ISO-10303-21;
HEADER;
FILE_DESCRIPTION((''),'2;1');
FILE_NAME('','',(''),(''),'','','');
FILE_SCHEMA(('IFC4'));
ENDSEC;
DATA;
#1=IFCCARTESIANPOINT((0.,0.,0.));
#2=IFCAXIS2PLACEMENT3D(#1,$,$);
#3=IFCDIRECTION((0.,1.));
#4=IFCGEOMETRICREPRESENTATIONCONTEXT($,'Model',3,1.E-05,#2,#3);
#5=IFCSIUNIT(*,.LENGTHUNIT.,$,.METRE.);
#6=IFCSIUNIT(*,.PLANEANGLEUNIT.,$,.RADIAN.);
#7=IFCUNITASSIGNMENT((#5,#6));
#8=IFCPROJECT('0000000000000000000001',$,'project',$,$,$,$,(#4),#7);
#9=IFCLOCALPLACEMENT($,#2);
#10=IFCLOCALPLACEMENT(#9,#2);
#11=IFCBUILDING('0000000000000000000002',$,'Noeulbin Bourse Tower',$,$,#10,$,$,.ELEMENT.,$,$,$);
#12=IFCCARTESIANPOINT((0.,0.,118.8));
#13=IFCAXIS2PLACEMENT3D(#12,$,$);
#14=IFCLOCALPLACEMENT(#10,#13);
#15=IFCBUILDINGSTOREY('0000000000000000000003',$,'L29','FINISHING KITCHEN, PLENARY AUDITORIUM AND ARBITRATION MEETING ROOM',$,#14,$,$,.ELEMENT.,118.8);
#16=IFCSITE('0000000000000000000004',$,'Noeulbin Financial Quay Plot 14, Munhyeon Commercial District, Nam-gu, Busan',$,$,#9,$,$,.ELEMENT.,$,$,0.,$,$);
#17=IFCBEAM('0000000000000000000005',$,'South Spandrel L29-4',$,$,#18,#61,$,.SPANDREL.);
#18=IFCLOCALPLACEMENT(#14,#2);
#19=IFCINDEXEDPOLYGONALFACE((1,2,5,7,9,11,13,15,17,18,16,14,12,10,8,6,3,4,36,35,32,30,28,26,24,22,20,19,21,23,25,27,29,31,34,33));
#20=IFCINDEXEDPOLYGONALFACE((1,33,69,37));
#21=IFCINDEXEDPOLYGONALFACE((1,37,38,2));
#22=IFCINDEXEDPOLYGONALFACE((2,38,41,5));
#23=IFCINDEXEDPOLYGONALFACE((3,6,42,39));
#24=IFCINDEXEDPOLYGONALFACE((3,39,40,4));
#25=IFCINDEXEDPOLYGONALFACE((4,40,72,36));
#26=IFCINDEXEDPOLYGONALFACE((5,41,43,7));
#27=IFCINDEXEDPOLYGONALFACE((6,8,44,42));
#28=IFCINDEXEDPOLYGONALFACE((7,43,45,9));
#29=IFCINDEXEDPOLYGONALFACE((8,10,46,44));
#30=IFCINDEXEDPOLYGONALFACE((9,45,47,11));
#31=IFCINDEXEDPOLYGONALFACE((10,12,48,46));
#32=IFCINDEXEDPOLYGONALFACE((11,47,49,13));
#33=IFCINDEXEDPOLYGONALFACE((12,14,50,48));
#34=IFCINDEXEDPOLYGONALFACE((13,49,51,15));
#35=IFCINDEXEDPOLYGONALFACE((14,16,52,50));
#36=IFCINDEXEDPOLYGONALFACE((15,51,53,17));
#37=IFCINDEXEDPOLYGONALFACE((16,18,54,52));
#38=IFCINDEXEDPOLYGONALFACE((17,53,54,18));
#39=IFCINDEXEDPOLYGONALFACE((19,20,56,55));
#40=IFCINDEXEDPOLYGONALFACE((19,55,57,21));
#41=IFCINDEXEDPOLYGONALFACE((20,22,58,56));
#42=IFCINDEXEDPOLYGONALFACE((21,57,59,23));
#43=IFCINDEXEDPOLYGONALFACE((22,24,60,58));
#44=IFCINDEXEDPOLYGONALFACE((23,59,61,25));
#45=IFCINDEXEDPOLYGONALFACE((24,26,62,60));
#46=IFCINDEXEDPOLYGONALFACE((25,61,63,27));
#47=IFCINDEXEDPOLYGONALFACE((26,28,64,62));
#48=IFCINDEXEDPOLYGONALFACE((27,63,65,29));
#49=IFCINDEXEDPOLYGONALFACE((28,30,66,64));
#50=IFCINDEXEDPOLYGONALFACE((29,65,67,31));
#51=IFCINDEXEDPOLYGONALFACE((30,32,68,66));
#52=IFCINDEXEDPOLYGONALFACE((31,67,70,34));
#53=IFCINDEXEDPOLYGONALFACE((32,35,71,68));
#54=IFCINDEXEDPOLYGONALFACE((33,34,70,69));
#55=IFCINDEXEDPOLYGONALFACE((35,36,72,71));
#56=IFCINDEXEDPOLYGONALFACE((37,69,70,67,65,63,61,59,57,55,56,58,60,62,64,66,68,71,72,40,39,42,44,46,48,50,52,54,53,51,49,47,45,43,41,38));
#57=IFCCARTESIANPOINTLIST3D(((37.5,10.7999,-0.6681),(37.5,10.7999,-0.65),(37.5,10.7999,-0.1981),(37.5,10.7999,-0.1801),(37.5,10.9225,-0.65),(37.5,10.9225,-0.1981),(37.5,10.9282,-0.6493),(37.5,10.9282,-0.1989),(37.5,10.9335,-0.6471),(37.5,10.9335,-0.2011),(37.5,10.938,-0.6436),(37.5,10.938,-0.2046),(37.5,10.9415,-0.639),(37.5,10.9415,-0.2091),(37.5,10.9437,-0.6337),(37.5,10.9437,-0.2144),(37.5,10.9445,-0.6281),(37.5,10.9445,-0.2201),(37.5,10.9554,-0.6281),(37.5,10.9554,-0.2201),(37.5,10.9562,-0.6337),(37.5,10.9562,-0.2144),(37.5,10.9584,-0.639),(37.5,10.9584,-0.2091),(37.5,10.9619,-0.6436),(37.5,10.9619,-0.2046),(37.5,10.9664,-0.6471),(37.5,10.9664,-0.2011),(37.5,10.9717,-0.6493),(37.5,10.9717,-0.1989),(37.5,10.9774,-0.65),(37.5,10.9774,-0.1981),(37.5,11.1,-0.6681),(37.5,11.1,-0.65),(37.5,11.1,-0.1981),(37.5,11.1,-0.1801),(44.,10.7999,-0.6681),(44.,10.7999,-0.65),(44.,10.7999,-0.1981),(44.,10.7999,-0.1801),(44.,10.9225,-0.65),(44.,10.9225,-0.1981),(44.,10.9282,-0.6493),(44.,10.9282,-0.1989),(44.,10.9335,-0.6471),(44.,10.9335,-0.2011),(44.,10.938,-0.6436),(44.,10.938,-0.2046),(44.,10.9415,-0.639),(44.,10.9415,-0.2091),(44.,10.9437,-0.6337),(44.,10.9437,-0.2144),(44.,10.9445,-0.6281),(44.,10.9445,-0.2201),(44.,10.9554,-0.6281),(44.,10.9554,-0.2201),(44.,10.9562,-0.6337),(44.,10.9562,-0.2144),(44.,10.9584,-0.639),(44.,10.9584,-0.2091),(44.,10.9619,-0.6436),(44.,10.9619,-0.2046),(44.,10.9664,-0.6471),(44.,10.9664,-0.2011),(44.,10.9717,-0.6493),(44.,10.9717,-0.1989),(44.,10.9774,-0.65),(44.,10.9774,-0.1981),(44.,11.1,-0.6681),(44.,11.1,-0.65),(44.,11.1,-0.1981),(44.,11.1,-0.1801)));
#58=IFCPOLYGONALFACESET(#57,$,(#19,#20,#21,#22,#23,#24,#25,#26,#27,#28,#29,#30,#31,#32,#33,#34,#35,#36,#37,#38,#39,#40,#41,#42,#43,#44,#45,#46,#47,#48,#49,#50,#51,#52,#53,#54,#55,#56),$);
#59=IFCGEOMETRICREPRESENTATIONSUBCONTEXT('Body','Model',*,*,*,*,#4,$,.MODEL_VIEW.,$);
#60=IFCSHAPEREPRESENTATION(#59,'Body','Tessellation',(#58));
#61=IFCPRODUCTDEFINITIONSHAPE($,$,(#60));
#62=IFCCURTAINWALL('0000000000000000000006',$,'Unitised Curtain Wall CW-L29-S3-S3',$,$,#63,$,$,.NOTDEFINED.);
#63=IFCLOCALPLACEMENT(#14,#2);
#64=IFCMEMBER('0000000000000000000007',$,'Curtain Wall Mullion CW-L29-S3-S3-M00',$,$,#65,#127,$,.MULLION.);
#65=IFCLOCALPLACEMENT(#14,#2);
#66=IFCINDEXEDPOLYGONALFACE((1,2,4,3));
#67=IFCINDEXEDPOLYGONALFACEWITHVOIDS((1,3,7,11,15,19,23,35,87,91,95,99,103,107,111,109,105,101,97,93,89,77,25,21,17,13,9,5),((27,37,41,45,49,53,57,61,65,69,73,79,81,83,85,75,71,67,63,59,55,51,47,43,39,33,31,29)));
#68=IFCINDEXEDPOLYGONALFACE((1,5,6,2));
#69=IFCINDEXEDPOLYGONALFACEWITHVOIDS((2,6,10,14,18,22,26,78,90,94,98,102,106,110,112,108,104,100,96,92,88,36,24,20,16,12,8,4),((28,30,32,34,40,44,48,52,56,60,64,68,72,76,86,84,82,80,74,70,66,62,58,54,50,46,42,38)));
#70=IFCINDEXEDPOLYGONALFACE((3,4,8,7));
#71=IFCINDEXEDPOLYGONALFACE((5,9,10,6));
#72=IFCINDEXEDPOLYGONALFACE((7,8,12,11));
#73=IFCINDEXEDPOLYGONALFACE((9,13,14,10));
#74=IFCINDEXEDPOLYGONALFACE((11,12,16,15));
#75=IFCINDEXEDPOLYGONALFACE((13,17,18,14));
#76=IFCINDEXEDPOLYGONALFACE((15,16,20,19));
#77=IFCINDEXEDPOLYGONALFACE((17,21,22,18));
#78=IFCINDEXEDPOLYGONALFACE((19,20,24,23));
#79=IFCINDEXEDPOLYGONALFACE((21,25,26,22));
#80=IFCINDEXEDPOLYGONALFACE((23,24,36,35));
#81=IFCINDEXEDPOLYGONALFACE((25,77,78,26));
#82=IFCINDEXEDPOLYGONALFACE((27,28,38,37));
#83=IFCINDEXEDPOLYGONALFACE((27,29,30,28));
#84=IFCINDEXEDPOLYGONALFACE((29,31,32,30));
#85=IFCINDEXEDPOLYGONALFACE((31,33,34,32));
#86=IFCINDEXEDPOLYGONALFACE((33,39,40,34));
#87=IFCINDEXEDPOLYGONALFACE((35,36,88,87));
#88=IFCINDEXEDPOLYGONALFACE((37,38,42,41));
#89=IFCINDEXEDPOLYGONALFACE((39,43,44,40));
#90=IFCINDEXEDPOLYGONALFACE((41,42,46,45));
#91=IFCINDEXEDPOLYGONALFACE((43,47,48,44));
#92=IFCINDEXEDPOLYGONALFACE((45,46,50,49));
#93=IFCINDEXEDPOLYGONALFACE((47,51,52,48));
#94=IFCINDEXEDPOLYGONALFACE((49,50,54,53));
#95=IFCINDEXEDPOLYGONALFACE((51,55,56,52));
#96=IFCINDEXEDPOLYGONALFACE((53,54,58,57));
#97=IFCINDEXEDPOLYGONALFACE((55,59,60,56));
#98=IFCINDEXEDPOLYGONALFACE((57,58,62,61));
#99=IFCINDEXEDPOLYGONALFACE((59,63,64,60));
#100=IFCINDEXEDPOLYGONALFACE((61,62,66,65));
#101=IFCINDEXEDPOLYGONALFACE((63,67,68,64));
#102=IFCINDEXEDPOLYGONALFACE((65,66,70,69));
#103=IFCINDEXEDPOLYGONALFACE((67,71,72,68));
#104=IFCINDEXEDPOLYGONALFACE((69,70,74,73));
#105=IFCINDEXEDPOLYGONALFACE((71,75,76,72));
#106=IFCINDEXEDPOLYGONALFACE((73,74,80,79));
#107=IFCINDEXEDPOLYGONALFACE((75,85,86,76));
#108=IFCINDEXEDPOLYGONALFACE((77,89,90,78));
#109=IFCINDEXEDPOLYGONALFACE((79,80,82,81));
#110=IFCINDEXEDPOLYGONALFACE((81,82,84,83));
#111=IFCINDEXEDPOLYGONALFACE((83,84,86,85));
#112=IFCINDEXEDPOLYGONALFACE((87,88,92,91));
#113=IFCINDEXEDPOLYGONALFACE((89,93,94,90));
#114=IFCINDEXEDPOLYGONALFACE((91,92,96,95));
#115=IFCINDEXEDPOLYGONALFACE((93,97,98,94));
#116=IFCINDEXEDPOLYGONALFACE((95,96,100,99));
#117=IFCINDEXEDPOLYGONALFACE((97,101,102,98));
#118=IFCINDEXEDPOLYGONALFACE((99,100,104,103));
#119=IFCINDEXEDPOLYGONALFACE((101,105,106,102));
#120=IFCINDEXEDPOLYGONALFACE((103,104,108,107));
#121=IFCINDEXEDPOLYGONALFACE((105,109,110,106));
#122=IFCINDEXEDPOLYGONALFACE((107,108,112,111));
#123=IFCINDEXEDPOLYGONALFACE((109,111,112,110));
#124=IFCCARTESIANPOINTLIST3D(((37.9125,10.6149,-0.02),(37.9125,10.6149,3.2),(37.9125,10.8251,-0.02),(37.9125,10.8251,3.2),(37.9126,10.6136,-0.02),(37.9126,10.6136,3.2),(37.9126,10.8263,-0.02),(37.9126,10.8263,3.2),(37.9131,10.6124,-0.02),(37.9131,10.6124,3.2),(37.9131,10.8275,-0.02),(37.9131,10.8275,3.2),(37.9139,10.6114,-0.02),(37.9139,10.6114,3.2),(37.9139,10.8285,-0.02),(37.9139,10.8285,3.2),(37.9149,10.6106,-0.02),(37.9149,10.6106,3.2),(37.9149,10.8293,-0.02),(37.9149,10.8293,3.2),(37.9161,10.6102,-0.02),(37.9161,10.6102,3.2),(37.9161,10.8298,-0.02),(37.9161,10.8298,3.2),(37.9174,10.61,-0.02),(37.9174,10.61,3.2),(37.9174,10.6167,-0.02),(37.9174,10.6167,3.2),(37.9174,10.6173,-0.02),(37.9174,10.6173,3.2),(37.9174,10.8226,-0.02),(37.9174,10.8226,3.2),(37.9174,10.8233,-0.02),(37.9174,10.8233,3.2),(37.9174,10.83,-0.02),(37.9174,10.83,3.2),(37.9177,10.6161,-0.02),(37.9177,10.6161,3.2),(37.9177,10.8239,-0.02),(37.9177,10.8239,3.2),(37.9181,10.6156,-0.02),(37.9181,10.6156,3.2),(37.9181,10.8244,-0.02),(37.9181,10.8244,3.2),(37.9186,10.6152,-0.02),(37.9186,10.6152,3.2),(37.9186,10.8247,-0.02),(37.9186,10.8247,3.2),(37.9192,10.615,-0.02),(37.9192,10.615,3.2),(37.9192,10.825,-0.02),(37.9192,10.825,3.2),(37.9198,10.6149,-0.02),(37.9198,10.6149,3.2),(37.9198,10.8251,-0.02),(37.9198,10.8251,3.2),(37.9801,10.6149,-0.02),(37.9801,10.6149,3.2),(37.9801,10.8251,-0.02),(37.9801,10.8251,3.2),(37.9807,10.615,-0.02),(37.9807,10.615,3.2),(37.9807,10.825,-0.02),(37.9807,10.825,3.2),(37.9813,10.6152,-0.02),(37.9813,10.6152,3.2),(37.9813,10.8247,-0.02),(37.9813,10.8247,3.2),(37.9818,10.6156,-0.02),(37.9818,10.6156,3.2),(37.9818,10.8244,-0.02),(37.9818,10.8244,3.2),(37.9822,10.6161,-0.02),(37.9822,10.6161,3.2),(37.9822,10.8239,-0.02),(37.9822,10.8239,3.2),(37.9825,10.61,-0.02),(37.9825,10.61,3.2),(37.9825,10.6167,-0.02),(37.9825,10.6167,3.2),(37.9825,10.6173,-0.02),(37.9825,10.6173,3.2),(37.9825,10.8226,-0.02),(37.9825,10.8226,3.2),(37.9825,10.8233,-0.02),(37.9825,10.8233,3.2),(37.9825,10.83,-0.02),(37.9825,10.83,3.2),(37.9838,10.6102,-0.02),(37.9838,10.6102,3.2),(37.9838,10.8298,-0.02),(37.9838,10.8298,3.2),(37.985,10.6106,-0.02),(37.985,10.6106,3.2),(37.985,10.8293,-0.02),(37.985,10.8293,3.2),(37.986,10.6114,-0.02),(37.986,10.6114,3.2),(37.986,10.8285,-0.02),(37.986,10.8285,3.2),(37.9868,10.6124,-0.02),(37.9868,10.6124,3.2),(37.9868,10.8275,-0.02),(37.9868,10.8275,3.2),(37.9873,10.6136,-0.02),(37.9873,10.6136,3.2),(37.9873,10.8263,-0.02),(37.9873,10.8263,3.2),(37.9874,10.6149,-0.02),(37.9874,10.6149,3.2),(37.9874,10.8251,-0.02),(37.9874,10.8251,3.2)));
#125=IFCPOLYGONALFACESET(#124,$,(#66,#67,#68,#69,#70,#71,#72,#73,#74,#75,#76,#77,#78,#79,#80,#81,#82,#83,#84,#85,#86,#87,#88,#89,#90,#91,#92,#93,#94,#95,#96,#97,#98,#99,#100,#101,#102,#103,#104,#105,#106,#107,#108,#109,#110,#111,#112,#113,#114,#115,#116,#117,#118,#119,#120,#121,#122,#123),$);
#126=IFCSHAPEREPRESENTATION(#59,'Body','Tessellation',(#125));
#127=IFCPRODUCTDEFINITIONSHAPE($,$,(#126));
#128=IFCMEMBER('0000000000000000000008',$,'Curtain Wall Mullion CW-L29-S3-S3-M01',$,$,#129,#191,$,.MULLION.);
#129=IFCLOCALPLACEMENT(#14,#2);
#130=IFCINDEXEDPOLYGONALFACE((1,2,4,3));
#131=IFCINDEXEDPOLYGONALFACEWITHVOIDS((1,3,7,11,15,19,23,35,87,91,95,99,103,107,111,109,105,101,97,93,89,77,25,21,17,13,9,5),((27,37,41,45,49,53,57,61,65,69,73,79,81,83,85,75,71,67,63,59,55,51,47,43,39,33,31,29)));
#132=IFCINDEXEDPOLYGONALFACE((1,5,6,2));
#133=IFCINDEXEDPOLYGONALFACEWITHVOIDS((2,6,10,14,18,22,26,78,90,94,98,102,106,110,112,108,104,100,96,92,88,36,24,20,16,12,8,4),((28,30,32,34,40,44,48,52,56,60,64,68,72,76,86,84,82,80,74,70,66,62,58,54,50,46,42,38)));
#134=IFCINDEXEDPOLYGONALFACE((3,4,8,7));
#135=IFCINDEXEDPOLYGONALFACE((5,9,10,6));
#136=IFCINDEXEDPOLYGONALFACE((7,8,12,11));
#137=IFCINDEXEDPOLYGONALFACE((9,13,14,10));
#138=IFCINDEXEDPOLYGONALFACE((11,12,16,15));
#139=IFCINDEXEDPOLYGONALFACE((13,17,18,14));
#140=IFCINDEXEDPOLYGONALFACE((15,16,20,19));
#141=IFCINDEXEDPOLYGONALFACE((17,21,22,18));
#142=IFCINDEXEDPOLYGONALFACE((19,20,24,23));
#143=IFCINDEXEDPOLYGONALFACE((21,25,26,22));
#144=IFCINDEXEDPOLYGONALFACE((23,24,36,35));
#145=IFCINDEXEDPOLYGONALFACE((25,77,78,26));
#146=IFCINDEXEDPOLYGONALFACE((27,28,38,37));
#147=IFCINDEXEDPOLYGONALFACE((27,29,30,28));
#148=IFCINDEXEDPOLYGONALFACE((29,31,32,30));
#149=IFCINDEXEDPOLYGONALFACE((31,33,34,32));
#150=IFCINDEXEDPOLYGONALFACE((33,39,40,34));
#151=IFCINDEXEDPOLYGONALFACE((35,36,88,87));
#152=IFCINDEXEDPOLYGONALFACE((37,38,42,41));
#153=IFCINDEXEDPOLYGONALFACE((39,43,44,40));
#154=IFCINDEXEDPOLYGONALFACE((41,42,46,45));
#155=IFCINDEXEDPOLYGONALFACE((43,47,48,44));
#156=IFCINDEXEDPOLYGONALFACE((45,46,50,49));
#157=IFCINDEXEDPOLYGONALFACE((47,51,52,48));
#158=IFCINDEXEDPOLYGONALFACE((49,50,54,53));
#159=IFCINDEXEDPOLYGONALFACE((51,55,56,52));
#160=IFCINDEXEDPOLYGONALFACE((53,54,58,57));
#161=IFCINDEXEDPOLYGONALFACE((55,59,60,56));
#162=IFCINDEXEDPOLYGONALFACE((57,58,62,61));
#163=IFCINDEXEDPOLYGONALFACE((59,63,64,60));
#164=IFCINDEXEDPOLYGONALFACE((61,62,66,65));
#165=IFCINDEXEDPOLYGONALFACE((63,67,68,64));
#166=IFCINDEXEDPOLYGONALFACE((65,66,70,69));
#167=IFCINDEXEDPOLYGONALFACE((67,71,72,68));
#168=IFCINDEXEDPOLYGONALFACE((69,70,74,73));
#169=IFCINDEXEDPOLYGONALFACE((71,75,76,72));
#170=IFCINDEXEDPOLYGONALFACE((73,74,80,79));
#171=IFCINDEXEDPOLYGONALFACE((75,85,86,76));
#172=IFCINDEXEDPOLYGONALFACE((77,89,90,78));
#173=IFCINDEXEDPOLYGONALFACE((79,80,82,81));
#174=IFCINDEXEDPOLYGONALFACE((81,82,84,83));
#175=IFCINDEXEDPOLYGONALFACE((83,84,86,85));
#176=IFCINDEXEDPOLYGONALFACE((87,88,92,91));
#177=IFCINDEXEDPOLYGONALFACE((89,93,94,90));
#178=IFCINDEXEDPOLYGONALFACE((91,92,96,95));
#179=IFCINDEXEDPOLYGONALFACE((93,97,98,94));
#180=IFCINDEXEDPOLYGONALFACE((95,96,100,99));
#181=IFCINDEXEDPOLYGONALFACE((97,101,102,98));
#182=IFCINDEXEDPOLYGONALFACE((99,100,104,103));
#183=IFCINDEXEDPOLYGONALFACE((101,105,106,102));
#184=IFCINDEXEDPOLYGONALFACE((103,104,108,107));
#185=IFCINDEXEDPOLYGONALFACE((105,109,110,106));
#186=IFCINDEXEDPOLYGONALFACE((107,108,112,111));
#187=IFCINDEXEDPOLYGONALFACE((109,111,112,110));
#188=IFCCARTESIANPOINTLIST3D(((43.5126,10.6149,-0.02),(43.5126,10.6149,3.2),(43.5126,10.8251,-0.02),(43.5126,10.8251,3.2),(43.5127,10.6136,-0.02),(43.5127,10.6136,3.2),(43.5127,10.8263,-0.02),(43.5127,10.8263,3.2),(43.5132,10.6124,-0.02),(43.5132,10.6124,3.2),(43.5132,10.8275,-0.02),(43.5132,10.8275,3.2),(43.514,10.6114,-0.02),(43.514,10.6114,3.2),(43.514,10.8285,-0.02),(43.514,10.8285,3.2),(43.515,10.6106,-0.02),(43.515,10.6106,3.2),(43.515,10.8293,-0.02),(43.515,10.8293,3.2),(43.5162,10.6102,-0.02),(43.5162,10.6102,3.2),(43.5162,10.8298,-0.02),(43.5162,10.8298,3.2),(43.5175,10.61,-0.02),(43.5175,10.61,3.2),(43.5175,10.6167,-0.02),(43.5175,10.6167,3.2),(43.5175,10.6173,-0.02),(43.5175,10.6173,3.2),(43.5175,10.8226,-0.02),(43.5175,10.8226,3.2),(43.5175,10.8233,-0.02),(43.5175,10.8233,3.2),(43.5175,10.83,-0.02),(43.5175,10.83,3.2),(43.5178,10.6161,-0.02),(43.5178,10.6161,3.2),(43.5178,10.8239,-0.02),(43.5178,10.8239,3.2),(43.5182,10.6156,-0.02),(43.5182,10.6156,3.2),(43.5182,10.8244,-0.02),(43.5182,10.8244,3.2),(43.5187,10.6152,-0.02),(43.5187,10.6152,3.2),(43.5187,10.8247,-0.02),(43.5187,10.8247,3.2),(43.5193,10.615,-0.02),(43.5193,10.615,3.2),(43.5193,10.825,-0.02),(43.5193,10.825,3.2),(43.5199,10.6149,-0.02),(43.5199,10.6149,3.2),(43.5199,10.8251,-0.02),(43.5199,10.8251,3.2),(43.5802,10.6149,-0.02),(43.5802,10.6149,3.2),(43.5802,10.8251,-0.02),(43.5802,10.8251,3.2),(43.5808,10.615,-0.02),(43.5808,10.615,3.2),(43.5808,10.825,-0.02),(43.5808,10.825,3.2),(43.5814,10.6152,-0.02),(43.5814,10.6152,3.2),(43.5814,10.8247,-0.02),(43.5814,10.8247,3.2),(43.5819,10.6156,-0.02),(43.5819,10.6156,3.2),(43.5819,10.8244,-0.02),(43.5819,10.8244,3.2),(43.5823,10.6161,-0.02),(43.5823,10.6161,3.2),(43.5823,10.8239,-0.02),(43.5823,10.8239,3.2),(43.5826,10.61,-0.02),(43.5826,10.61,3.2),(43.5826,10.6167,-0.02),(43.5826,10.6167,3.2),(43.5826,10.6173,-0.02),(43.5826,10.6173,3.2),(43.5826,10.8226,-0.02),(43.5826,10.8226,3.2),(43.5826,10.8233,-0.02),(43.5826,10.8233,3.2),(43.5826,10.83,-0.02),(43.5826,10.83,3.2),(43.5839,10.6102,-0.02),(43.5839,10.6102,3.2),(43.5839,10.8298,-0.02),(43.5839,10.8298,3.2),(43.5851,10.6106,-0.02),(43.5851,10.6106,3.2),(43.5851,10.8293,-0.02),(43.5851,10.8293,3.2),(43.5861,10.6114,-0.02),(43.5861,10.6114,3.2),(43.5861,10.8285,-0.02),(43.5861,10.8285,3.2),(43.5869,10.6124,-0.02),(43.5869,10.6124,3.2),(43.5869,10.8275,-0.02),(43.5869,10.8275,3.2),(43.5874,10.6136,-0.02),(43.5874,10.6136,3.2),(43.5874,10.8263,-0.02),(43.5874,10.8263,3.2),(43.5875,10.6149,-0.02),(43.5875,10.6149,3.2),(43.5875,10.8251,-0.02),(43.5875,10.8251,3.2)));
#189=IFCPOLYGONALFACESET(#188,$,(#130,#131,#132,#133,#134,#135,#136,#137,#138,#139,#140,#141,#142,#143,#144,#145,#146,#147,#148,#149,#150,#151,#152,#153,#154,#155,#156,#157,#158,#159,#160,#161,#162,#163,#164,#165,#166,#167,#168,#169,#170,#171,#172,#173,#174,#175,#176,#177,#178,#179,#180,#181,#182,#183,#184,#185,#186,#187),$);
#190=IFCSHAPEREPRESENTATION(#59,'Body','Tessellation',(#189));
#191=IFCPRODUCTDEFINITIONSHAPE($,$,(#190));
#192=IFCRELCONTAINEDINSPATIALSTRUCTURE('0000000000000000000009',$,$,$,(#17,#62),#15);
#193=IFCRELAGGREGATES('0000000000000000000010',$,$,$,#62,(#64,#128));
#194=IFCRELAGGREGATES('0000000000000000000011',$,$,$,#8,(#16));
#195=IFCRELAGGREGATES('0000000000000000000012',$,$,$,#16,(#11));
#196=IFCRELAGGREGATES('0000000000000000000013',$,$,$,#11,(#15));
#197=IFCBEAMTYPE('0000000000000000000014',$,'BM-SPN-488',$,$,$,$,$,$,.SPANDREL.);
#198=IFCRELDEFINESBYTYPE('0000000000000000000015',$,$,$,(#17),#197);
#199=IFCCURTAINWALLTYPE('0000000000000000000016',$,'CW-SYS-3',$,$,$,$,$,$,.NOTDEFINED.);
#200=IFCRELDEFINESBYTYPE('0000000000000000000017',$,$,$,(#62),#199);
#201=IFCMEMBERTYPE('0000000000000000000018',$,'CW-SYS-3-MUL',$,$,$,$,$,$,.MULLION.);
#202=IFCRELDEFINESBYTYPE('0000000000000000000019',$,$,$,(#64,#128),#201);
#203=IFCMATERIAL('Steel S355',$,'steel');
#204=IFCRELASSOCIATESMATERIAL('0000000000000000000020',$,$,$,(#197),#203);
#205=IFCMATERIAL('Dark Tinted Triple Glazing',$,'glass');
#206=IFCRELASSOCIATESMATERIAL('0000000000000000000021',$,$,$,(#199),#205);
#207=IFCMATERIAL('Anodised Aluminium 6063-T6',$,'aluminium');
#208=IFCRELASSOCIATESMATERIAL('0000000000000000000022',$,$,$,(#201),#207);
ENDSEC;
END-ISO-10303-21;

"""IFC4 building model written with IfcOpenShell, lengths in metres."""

from ifc_helpers import new_model, si_unit, direction, frame, origin, origin_2d, place, context, subcontext, project, spatial, hollow_rectangle, i_section, extrude, material, material_profile, profile_set, type_object, element, aggregate, save


model = new_model("IFC4")

# Units and contexts
model_context = context("Model", 3, precision=1e-05, world=origin(), true_north=direction((0.0, 1.0)))
body_context = subcontext(model_context, "Body", "Model", "MODEL_VIEW")
ifc_project = project(units=[si_unit("LENGTHUNIT", "METRE"), si_unit("PLANEANGLEUNIT", "RADIAN")], contexts=[model_context])

# Site, building, storey
site_placement = place(None, origin())
site = spatial("IfcSite", under=ifc_project, at=site_placement, Name="Noeulbin Financial Quay Plot 14, Munhyeon Commercial District, Nam-gu, Busan", CompositionType="ELEMENT", RefElevation=0.0)
building_placement = place(site_placement, origin())
building = spatial("IfcBuilding", under=site, at=building_placement, Name="Noeulbin Bourse Tower", CompositionType="ELEMENT")
storey_placement = place(building_placement, frame((0.0, 0.0, 118.8)))
storey = spatial("IfcBuildingStorey", under=building, at=storey_placement, Name="L29", Description="FINISHING KITCHEN, PLENARY AUDITORIUM AND ARBITRATION MEETING ROOM", CompositionType="ELEMENT", Elevation=118.8)

# Shared definitions
ifc_material_1 = material(Name="Steel S355", Category="steel")

# Beam
ifc_material_profile_1 = material_profile(ifc_material_1, i_section(OverallWidth=0.3, OverallDepth=0.488, WebThickness=0.011, FlangeThickness=0.0181, FilletRadius=0.022, at=origin_2d()), Name="H-488x300x11x18", Category="LoadBearing")
ifc_profile_set_1 = profile_set([ifc_material_profile_1], Name="Steel S355")
beam_type_1 = type_object("IfcBeamType", Name="BM-SPN-488", PredefinedType="SPANDREL", material=ifc_profile_set_1)
beam_1_placement = place(storey_placement, frame((37.5, 10.95, -0.4241), z_axis=(1.0, 0.0, 0.0), x_axis=(0.0, 1.0, 0.0)))
element("IfcBeam", 1, at=beam_1_placement, inside=storey, type_object=beam_type_1, Name="South Spandrel L29-4", PredefinedType="SPANDREL", context=body_context, shape_type="SweptSolid", body=[
    extrude(i_section(OverallWidth=0.3, OverallDepth=0.488, WebThickness=0.011, FlangeThickness=0.0181, FilletRadius=0.022, at=origin_2d()), origin(), (0.0, 0.0, 1.0), 6.5),
])

# Curtain wall, members
ifc_material_2 = material(Name="Dark Tinted Triple Glazing", Category="glass")
curtain_wall_type = type_object("IfcCurtainWallType", Name="CW-SYS-3", PredefinedType="NOTDEFINED", material=ifc_material_2)
curtain_wall_placement = place(storey_placement, origin())
curtain_wall = element("IfcCurtainWall", 2, at=curtain_wall_placement, inside=storey, type_object=curtain_wall_type, Name="Unitised Curtain Wall CW-L29-S3-S3", PredefinedType="NOTDEFINED")
ifc_material_3 = material(Name="Anodised Aluminium 6063-T6", Category="aluminium")
ifc_material_profile_2 = material_profile(ifc_material_3, hollow_rectangle(XDim=0.075, YDim=0.22, WallThickness=0.0049, InnerFilletRadius=0.0024, OuterFilletRadius=0.0049, at=origin_2d()), Name="ALU-MULL-75x220x5", Category="LoadBearing")
ifc_profile_set_2 = profile_set([ifc_material_profile_2], Name="Anodised Aluminium 6063-T6")
member_type_1 = type_object("IfcMemberType", Name="CW-SYS-3-MUL", PredefinedType="MULLION", material=ifc_profile_set_2)
member_1_placement = place(storey_placement, frame((37.95, 10.72, -0.02), z_axis=(0.0, 0.0, 1.0), x_axis=(1.0, 0.0, 0.0)))
member_1 = element("IfcMember", 3, at=member_1_placement, type_object=member_type_1, Name="Curtain Wall Mullion CW-L29-S3-S3-M00", PredefinedType="MULLION", context=body_context, shape_type="SweptSolid", body=[
    extrude(hollow_rectangle(XDim=0.075, YDim=0.22, WallThickness=0.0049, InnerFilletRadius=0.0024, OuterFilletRadius=0.0049, at=origin_2d()), origin(), (0.0, 0.0, 1.0), 3.22),
])
member_2_placement = place(storey_placement, frame((43.55, 10.72, -0.02), z_axis=(0.0, 0.0, 1.0), x_axis=(1.0, 0.0, 0.0)))
member_2 = element("IfcMember", 4, at=member_2_placement, type_object=member_type_1, Name="Curtain Wall Mullion CW-L29-S3-S3-M01", PredefinedType="MULLION", context=body_context, shape_type="SweptSolid", body=[
    extrude(hollow_rectangle(XDim=0.075, YDim=0.22, WallThickness=0.0049, InnerFilletRadius=0.0024, OuterFilletRadius=0.0049, at=origin_2d()), origin(), (0.0, 0.0, 1.0), 3.22),
])
aggregate(curtain_wall, [member_1, member_2])

save(model, "model.ifc")
